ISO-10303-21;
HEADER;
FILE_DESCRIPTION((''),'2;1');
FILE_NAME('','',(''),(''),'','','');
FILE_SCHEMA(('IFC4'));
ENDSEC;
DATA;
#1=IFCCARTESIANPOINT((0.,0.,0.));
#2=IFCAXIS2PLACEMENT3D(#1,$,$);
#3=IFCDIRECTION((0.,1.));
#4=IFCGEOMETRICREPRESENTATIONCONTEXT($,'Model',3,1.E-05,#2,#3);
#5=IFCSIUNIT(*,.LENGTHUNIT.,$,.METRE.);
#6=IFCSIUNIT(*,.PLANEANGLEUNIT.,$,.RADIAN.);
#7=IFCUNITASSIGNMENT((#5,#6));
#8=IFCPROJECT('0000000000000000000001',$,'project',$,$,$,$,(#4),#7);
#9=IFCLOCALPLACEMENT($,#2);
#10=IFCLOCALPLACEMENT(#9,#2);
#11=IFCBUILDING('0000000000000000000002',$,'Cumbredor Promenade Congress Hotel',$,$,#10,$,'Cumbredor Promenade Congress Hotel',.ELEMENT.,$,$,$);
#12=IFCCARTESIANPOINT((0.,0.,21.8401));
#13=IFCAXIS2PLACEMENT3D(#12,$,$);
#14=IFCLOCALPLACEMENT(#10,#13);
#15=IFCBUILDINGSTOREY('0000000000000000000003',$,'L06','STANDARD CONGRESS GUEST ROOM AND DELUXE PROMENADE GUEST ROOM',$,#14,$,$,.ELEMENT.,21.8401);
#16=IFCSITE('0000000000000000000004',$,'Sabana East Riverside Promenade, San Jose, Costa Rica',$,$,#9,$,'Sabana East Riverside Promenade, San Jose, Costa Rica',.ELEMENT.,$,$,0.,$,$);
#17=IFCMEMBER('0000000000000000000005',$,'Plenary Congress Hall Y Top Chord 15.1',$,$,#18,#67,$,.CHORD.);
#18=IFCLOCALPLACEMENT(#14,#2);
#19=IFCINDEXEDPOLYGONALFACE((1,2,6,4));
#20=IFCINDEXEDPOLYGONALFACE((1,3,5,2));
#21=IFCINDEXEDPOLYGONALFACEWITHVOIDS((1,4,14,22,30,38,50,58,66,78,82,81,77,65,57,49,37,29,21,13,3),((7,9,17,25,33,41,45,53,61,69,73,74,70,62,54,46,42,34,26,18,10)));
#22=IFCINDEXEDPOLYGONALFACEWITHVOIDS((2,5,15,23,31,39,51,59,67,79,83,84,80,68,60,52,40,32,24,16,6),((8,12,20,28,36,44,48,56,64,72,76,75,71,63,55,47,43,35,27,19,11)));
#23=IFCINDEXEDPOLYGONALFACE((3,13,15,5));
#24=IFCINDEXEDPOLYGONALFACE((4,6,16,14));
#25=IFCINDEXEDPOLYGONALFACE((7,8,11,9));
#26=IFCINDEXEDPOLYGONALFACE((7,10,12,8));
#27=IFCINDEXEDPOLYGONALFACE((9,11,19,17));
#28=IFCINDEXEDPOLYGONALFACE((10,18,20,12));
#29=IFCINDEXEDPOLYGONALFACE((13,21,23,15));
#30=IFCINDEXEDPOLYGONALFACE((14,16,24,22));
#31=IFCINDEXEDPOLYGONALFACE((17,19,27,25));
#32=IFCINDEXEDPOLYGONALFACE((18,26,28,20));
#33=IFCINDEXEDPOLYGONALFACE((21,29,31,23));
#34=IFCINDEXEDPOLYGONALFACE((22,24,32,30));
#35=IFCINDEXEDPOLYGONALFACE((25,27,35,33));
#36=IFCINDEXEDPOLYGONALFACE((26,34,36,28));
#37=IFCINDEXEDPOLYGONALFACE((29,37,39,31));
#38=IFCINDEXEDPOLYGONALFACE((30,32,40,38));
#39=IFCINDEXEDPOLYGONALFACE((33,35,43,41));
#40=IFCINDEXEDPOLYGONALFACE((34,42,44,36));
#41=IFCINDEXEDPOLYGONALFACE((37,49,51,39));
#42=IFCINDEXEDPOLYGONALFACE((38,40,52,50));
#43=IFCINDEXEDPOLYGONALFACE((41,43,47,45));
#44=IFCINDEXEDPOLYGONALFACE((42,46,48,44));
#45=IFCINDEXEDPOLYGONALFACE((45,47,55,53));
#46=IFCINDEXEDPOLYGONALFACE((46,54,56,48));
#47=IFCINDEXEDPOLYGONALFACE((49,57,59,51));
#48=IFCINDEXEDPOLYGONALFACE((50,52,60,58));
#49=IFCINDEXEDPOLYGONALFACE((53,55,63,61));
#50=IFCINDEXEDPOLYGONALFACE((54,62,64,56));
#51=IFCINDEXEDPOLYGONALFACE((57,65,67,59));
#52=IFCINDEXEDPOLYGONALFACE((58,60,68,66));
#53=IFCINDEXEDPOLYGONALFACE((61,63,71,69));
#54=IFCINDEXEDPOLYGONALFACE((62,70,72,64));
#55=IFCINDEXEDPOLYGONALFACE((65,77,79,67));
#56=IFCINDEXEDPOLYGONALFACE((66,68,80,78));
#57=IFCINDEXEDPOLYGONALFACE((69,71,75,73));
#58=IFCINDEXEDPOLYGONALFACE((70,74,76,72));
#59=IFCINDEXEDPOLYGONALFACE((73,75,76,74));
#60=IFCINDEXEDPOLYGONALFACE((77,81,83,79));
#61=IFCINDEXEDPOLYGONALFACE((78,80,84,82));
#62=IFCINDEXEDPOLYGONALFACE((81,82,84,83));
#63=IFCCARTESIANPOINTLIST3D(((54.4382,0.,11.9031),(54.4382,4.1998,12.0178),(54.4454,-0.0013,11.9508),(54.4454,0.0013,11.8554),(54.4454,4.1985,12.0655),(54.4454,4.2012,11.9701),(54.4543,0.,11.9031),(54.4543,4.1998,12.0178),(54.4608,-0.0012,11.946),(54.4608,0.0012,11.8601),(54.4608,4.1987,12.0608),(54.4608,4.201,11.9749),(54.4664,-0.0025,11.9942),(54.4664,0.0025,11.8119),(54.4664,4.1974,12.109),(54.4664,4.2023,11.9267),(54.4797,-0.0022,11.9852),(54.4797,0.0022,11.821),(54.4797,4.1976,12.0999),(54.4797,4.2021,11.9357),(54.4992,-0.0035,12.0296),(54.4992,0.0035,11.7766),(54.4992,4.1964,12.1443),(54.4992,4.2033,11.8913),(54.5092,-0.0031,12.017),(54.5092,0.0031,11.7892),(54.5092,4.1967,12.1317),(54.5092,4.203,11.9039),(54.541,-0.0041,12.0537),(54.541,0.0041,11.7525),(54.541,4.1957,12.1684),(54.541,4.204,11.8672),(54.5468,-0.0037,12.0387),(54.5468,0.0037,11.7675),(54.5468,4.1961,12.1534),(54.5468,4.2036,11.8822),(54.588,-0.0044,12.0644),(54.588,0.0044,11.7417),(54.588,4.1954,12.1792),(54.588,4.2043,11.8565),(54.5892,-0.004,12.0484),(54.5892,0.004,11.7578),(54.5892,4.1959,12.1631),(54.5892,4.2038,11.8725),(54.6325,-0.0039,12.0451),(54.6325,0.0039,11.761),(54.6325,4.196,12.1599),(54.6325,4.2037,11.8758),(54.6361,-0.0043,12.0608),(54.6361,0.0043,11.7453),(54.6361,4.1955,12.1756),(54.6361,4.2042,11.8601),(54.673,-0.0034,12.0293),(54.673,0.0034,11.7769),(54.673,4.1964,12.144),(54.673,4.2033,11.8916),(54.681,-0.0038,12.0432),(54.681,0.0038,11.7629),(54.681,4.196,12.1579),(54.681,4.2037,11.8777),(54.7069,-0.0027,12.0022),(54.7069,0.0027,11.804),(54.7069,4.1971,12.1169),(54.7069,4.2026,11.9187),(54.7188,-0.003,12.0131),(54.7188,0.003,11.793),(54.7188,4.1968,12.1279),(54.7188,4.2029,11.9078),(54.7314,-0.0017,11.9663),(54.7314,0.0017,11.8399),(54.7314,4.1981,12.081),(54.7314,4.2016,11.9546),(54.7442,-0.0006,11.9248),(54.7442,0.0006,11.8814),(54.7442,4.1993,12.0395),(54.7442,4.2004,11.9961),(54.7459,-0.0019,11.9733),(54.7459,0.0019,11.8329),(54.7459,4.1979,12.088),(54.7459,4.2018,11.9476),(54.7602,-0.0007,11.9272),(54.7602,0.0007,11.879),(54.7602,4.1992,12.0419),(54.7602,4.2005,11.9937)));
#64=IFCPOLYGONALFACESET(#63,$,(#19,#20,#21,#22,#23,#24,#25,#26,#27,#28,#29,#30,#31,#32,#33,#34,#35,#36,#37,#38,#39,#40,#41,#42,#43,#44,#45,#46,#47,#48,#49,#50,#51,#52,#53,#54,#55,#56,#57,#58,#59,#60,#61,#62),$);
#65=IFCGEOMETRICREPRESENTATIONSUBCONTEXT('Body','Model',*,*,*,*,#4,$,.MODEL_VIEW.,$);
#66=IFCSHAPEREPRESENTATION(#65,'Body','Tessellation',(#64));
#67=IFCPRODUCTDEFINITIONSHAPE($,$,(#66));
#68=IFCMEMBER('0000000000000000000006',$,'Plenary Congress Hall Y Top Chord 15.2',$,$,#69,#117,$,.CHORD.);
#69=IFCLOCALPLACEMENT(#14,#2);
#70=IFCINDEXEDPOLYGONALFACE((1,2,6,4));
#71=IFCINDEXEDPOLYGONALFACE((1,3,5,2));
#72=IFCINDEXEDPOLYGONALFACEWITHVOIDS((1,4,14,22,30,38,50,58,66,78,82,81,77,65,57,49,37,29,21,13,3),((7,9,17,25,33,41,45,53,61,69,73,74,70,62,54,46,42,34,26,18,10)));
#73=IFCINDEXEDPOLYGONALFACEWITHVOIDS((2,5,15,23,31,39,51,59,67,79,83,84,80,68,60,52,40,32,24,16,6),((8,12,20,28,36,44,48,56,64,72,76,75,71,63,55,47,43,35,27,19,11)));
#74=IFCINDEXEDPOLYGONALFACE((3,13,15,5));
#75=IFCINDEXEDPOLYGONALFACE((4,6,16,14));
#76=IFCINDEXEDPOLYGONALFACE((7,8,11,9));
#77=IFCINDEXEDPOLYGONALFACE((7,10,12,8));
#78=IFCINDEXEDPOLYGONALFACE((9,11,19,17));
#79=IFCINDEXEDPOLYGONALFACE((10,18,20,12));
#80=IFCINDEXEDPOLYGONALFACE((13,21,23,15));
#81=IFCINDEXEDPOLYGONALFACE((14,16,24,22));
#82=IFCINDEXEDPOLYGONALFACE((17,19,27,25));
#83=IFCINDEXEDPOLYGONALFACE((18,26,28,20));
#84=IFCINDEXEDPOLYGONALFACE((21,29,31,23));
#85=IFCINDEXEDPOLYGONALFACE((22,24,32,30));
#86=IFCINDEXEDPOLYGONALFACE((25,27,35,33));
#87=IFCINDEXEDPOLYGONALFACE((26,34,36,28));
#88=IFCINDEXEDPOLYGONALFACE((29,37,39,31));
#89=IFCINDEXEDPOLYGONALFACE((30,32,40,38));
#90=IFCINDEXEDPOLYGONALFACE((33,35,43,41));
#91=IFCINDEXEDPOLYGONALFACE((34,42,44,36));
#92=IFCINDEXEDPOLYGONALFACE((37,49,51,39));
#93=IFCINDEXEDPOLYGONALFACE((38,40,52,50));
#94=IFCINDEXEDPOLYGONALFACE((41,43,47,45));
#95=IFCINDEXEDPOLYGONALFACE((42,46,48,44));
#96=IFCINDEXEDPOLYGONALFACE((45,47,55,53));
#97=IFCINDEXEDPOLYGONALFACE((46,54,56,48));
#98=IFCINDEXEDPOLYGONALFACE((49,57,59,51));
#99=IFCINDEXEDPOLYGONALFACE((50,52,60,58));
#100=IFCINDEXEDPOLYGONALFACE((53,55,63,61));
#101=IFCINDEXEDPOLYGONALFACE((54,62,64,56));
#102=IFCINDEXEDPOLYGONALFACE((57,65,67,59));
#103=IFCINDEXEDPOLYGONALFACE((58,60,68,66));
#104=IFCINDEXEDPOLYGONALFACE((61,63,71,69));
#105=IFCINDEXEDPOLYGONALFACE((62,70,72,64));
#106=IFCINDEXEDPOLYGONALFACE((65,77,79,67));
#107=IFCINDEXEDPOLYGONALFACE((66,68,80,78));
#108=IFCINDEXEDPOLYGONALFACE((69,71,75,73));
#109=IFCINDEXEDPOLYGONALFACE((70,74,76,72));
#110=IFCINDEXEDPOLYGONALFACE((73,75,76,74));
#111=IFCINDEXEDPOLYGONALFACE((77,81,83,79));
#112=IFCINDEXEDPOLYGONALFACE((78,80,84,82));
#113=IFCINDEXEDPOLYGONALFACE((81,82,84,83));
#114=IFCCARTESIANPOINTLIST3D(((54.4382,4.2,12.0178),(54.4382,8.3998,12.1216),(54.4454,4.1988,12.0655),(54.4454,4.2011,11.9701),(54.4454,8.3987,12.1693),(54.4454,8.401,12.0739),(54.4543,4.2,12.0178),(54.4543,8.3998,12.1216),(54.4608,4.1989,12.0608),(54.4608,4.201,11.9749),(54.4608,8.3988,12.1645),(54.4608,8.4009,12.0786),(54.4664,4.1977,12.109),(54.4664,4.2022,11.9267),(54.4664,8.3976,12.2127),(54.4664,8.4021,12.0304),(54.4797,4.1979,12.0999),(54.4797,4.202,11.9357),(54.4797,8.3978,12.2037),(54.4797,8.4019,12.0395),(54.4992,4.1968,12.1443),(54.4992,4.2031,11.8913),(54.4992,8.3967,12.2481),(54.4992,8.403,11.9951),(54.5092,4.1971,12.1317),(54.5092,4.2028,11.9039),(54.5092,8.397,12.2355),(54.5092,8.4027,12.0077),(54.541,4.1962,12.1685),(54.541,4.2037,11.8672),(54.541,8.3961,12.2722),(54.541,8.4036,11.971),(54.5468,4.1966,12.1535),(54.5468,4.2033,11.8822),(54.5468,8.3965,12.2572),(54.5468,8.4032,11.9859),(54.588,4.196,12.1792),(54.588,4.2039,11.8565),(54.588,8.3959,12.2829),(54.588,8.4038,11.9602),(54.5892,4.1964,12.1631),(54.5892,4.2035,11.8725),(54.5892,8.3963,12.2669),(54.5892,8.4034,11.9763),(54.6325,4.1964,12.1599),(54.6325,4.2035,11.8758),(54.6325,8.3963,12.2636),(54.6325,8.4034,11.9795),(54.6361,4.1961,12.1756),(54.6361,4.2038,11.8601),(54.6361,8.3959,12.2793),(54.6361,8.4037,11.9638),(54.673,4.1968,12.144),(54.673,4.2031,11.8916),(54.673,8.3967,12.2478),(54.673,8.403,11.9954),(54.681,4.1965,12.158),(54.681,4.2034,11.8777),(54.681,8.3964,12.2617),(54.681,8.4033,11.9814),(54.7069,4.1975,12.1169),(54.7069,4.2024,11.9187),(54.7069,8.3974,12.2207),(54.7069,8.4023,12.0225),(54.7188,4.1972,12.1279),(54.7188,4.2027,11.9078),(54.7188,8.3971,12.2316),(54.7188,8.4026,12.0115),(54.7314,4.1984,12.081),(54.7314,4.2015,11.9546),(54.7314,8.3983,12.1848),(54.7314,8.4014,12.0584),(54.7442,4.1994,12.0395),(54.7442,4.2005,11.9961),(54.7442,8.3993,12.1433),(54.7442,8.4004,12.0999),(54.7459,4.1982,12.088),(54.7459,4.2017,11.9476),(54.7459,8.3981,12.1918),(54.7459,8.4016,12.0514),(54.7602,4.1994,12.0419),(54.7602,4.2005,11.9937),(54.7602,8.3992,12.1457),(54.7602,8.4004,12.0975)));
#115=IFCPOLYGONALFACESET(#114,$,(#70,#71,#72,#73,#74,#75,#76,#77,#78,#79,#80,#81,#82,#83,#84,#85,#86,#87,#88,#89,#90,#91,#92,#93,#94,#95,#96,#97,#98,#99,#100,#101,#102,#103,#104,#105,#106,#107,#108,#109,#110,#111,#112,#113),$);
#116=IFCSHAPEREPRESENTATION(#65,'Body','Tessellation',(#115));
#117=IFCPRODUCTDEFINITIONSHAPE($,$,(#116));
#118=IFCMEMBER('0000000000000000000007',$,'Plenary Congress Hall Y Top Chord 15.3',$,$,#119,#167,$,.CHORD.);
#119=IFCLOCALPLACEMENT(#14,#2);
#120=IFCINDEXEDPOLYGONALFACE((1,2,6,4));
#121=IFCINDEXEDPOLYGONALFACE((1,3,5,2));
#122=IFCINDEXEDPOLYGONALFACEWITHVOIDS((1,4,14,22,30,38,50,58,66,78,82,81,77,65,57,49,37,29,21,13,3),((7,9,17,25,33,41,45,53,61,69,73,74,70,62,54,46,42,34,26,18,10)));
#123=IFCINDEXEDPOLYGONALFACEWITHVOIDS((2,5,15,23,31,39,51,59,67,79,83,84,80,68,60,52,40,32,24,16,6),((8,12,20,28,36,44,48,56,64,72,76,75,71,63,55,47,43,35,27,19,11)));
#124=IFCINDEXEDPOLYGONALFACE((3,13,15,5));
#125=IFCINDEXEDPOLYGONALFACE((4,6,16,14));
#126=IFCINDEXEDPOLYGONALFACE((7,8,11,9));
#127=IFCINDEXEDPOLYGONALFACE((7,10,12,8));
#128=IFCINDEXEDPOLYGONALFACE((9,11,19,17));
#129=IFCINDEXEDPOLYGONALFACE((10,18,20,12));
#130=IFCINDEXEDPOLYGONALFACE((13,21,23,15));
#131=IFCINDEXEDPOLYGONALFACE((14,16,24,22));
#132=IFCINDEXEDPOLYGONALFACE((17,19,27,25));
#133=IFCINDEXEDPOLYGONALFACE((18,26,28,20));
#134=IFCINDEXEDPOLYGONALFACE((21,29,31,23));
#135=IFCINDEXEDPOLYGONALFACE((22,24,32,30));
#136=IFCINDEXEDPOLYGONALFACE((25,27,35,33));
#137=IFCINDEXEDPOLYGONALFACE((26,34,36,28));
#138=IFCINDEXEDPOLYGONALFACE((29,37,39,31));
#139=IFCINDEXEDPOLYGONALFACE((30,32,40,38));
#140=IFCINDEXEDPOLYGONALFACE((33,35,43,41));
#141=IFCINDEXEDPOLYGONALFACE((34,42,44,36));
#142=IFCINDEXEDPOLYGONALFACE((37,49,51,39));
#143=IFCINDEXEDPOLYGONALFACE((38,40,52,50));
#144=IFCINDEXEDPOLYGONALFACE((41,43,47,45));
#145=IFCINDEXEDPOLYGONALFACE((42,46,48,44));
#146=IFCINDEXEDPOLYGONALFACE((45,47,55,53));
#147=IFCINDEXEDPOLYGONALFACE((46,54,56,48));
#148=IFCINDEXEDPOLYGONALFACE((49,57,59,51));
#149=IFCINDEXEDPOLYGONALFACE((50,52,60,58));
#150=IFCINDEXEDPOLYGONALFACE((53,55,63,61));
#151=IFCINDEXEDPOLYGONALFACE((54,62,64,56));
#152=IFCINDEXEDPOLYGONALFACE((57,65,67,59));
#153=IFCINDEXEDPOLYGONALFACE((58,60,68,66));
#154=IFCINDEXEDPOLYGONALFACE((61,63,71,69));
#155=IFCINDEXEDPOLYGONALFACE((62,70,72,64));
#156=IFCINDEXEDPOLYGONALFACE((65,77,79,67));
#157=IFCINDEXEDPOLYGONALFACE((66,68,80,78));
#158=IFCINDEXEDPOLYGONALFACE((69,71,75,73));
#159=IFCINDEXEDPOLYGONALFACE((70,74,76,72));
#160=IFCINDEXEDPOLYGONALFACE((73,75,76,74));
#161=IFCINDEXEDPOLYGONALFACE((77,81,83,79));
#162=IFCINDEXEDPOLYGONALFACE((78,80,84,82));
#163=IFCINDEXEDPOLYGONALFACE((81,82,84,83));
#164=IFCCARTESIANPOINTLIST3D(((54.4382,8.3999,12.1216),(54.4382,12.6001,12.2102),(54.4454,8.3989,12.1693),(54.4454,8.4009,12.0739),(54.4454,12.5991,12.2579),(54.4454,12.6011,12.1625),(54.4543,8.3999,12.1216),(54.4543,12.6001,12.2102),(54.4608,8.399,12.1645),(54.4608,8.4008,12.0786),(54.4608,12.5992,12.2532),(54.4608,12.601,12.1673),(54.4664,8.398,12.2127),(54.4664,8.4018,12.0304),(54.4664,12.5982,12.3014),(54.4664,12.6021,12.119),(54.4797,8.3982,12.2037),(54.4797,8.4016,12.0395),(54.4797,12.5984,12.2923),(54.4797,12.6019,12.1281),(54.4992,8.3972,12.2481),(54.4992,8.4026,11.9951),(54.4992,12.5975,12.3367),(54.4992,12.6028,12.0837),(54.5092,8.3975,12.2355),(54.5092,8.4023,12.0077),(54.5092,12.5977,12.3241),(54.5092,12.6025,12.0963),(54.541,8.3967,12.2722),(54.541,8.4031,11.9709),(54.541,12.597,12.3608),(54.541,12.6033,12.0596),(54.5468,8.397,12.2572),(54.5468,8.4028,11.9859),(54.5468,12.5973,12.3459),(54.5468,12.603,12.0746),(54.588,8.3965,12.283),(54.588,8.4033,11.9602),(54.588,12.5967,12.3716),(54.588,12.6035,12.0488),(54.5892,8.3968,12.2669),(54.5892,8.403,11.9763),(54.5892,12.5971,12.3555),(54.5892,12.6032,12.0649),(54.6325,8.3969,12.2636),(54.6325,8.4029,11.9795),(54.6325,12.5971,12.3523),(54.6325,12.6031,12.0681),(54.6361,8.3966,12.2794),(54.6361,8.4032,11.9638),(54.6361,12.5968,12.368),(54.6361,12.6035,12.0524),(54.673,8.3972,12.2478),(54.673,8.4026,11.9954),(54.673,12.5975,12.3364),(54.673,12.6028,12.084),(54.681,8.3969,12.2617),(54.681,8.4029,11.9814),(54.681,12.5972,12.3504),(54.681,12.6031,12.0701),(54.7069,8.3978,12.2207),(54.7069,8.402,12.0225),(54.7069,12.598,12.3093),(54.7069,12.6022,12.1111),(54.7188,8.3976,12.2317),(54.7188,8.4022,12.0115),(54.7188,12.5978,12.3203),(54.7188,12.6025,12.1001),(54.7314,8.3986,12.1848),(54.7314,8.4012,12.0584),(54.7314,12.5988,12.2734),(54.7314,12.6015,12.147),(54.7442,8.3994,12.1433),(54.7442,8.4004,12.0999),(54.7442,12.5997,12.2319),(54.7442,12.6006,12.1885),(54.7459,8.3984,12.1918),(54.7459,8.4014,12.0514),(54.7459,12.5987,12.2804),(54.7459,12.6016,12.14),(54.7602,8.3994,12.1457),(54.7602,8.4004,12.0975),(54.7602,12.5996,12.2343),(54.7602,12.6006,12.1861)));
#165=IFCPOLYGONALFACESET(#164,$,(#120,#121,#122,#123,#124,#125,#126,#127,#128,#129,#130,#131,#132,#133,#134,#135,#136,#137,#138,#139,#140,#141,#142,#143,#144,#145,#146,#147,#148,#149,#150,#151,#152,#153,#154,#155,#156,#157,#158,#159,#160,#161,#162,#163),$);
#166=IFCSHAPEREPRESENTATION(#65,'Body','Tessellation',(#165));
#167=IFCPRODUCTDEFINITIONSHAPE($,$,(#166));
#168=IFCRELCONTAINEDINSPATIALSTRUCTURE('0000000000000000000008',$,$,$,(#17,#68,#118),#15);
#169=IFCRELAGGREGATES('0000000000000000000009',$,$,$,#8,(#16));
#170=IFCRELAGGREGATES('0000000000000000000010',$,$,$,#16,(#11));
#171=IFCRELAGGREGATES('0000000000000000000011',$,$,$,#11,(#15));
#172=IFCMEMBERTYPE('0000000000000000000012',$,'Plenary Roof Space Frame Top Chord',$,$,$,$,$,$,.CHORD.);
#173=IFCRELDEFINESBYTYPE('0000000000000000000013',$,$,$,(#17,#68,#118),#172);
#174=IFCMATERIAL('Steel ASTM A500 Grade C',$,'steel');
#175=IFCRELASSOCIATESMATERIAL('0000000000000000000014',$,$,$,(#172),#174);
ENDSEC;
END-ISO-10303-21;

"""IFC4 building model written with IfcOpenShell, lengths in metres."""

from ifc_helpers import new_model, si_unit, direction, frame, origin, origin_2d, place, context, subcontext, project, spatial, hollow_circle, extrude, material, material_profile, profile_set, type_object, element, save


model = new_model("IFC4")

# Units and contexts
model_context = context("Model", 3, precision=1e-05, world=origin(), true_north=direction((0.0, 1.0)))
body_context = subcontext(model_context, "Body", "Model", "MODEL_VIEW")
ifc_project = project(units=[si_unit("LENGTHUNIT", "METRE"), si_unit("PLANEANGLEUNIT", "RADIAN")], contexts=[model_context])

# Site, building, storey
site_placement = place(None, origin())
site = spatial("IfcSite", under=ifc_project, at=site_placement, Name="Sabana East Riverside Promenade, San Jose, Costa Rica", LongName="Sabana East Riverside Promenade, San Jose, Costa Rica", CompositionType="ELEMENT", RefElevation=0.0)
building_placement = place(site_placement, origin())
building = spatial("IfcBuilding", under=site, at=building_placement, Name="Cumbredor Promenade Congress Hotel", LongName="Cumbredor Promenade Congress Hotel", CompositionType="ELEMENT")
storey_placement = place(building_placement, frame((0.0, 0.0, 21.8401)))
storey = spatial("IfcBuildingStorey", under=building, at=storey_placement, Name="L06", Description="STANDARD CONGRESS GUEST ROOM AND DELUXE PROMENADE GUEST ROOM", CompositionType="ELEMENT", Elevation=21.8401)

# Members
ifc_material_1 = material(Name="Steel ASTM A500 Grade C", Category="steel")
ifc_material_profile_1 = material_profile(ifc_material_1, hollow_circle(Radius=0.1619, WallThickness=0.0161, at=origin_2d()), Name="CHS 323.9x16")
ifc_profile_set_1 = profile_set([ifc_material_profile_1], Name="Steel ASTM A500 Grade C")
member_type_1 = type_object("IfcMemberType", Name="Plenary Roof Space Frame Top Chord", PredefinedType="CHORD", material=ifc_profile_set_1)
member_1_placement = place(storey_placement, frame((54.6001, 0.0, 11.9031), z_axis=(0.0, 0.999627, 0.027311), x_axis=(-1.0, 0.0, 0.0)))
element("IfcMember", 1, at=member_1_placement, inside=storey, type_object=member_type_1, Name="Plenary Congress Hall Y Top Chord 15.1", PredefinedType="CHORD", context=body_context, shape_type="SweptSolid", body=[
    extrude(hollow_circle(Radius=0.1619, WallThickness=0.0161, at=origin_2d()), origin(), (0.0, 0.0, 1.0), 4.2014),
])
for number, where, z_axis, x_axis, name in (
    (2, (54.6001, 4.2, 12.0178), (0.0, 0.999695, 0.024697), (-1.0, 0.0, 0.0), "Plenary Congress Hall Y Top Chord 15.2"),
    (3, (54.6001, 8.3999, 12.1216), (0.0, 0.999777, 0.021095), (-1.0, 0.0, 0.0), "Plenary Congress Hall Y Top Chord 15.3"),
):
    element("IfcMember", number, at=place(storey_placement, frame(where, z_axis=z_axis, x_axis=x_axis)), inside=storey, type_object=member_type_1, Name=name, PredefinedType="CHORD", context=body_context, shape_type="SweptSolid", body=[
        extrude(hollow_circle(Radius=0.1619, WallThickness=0.0161, at=origin_2d()), origin(), (0.0, 0.0, 1.0), 4.2012),
    ])

save(model, "model.ifc")
